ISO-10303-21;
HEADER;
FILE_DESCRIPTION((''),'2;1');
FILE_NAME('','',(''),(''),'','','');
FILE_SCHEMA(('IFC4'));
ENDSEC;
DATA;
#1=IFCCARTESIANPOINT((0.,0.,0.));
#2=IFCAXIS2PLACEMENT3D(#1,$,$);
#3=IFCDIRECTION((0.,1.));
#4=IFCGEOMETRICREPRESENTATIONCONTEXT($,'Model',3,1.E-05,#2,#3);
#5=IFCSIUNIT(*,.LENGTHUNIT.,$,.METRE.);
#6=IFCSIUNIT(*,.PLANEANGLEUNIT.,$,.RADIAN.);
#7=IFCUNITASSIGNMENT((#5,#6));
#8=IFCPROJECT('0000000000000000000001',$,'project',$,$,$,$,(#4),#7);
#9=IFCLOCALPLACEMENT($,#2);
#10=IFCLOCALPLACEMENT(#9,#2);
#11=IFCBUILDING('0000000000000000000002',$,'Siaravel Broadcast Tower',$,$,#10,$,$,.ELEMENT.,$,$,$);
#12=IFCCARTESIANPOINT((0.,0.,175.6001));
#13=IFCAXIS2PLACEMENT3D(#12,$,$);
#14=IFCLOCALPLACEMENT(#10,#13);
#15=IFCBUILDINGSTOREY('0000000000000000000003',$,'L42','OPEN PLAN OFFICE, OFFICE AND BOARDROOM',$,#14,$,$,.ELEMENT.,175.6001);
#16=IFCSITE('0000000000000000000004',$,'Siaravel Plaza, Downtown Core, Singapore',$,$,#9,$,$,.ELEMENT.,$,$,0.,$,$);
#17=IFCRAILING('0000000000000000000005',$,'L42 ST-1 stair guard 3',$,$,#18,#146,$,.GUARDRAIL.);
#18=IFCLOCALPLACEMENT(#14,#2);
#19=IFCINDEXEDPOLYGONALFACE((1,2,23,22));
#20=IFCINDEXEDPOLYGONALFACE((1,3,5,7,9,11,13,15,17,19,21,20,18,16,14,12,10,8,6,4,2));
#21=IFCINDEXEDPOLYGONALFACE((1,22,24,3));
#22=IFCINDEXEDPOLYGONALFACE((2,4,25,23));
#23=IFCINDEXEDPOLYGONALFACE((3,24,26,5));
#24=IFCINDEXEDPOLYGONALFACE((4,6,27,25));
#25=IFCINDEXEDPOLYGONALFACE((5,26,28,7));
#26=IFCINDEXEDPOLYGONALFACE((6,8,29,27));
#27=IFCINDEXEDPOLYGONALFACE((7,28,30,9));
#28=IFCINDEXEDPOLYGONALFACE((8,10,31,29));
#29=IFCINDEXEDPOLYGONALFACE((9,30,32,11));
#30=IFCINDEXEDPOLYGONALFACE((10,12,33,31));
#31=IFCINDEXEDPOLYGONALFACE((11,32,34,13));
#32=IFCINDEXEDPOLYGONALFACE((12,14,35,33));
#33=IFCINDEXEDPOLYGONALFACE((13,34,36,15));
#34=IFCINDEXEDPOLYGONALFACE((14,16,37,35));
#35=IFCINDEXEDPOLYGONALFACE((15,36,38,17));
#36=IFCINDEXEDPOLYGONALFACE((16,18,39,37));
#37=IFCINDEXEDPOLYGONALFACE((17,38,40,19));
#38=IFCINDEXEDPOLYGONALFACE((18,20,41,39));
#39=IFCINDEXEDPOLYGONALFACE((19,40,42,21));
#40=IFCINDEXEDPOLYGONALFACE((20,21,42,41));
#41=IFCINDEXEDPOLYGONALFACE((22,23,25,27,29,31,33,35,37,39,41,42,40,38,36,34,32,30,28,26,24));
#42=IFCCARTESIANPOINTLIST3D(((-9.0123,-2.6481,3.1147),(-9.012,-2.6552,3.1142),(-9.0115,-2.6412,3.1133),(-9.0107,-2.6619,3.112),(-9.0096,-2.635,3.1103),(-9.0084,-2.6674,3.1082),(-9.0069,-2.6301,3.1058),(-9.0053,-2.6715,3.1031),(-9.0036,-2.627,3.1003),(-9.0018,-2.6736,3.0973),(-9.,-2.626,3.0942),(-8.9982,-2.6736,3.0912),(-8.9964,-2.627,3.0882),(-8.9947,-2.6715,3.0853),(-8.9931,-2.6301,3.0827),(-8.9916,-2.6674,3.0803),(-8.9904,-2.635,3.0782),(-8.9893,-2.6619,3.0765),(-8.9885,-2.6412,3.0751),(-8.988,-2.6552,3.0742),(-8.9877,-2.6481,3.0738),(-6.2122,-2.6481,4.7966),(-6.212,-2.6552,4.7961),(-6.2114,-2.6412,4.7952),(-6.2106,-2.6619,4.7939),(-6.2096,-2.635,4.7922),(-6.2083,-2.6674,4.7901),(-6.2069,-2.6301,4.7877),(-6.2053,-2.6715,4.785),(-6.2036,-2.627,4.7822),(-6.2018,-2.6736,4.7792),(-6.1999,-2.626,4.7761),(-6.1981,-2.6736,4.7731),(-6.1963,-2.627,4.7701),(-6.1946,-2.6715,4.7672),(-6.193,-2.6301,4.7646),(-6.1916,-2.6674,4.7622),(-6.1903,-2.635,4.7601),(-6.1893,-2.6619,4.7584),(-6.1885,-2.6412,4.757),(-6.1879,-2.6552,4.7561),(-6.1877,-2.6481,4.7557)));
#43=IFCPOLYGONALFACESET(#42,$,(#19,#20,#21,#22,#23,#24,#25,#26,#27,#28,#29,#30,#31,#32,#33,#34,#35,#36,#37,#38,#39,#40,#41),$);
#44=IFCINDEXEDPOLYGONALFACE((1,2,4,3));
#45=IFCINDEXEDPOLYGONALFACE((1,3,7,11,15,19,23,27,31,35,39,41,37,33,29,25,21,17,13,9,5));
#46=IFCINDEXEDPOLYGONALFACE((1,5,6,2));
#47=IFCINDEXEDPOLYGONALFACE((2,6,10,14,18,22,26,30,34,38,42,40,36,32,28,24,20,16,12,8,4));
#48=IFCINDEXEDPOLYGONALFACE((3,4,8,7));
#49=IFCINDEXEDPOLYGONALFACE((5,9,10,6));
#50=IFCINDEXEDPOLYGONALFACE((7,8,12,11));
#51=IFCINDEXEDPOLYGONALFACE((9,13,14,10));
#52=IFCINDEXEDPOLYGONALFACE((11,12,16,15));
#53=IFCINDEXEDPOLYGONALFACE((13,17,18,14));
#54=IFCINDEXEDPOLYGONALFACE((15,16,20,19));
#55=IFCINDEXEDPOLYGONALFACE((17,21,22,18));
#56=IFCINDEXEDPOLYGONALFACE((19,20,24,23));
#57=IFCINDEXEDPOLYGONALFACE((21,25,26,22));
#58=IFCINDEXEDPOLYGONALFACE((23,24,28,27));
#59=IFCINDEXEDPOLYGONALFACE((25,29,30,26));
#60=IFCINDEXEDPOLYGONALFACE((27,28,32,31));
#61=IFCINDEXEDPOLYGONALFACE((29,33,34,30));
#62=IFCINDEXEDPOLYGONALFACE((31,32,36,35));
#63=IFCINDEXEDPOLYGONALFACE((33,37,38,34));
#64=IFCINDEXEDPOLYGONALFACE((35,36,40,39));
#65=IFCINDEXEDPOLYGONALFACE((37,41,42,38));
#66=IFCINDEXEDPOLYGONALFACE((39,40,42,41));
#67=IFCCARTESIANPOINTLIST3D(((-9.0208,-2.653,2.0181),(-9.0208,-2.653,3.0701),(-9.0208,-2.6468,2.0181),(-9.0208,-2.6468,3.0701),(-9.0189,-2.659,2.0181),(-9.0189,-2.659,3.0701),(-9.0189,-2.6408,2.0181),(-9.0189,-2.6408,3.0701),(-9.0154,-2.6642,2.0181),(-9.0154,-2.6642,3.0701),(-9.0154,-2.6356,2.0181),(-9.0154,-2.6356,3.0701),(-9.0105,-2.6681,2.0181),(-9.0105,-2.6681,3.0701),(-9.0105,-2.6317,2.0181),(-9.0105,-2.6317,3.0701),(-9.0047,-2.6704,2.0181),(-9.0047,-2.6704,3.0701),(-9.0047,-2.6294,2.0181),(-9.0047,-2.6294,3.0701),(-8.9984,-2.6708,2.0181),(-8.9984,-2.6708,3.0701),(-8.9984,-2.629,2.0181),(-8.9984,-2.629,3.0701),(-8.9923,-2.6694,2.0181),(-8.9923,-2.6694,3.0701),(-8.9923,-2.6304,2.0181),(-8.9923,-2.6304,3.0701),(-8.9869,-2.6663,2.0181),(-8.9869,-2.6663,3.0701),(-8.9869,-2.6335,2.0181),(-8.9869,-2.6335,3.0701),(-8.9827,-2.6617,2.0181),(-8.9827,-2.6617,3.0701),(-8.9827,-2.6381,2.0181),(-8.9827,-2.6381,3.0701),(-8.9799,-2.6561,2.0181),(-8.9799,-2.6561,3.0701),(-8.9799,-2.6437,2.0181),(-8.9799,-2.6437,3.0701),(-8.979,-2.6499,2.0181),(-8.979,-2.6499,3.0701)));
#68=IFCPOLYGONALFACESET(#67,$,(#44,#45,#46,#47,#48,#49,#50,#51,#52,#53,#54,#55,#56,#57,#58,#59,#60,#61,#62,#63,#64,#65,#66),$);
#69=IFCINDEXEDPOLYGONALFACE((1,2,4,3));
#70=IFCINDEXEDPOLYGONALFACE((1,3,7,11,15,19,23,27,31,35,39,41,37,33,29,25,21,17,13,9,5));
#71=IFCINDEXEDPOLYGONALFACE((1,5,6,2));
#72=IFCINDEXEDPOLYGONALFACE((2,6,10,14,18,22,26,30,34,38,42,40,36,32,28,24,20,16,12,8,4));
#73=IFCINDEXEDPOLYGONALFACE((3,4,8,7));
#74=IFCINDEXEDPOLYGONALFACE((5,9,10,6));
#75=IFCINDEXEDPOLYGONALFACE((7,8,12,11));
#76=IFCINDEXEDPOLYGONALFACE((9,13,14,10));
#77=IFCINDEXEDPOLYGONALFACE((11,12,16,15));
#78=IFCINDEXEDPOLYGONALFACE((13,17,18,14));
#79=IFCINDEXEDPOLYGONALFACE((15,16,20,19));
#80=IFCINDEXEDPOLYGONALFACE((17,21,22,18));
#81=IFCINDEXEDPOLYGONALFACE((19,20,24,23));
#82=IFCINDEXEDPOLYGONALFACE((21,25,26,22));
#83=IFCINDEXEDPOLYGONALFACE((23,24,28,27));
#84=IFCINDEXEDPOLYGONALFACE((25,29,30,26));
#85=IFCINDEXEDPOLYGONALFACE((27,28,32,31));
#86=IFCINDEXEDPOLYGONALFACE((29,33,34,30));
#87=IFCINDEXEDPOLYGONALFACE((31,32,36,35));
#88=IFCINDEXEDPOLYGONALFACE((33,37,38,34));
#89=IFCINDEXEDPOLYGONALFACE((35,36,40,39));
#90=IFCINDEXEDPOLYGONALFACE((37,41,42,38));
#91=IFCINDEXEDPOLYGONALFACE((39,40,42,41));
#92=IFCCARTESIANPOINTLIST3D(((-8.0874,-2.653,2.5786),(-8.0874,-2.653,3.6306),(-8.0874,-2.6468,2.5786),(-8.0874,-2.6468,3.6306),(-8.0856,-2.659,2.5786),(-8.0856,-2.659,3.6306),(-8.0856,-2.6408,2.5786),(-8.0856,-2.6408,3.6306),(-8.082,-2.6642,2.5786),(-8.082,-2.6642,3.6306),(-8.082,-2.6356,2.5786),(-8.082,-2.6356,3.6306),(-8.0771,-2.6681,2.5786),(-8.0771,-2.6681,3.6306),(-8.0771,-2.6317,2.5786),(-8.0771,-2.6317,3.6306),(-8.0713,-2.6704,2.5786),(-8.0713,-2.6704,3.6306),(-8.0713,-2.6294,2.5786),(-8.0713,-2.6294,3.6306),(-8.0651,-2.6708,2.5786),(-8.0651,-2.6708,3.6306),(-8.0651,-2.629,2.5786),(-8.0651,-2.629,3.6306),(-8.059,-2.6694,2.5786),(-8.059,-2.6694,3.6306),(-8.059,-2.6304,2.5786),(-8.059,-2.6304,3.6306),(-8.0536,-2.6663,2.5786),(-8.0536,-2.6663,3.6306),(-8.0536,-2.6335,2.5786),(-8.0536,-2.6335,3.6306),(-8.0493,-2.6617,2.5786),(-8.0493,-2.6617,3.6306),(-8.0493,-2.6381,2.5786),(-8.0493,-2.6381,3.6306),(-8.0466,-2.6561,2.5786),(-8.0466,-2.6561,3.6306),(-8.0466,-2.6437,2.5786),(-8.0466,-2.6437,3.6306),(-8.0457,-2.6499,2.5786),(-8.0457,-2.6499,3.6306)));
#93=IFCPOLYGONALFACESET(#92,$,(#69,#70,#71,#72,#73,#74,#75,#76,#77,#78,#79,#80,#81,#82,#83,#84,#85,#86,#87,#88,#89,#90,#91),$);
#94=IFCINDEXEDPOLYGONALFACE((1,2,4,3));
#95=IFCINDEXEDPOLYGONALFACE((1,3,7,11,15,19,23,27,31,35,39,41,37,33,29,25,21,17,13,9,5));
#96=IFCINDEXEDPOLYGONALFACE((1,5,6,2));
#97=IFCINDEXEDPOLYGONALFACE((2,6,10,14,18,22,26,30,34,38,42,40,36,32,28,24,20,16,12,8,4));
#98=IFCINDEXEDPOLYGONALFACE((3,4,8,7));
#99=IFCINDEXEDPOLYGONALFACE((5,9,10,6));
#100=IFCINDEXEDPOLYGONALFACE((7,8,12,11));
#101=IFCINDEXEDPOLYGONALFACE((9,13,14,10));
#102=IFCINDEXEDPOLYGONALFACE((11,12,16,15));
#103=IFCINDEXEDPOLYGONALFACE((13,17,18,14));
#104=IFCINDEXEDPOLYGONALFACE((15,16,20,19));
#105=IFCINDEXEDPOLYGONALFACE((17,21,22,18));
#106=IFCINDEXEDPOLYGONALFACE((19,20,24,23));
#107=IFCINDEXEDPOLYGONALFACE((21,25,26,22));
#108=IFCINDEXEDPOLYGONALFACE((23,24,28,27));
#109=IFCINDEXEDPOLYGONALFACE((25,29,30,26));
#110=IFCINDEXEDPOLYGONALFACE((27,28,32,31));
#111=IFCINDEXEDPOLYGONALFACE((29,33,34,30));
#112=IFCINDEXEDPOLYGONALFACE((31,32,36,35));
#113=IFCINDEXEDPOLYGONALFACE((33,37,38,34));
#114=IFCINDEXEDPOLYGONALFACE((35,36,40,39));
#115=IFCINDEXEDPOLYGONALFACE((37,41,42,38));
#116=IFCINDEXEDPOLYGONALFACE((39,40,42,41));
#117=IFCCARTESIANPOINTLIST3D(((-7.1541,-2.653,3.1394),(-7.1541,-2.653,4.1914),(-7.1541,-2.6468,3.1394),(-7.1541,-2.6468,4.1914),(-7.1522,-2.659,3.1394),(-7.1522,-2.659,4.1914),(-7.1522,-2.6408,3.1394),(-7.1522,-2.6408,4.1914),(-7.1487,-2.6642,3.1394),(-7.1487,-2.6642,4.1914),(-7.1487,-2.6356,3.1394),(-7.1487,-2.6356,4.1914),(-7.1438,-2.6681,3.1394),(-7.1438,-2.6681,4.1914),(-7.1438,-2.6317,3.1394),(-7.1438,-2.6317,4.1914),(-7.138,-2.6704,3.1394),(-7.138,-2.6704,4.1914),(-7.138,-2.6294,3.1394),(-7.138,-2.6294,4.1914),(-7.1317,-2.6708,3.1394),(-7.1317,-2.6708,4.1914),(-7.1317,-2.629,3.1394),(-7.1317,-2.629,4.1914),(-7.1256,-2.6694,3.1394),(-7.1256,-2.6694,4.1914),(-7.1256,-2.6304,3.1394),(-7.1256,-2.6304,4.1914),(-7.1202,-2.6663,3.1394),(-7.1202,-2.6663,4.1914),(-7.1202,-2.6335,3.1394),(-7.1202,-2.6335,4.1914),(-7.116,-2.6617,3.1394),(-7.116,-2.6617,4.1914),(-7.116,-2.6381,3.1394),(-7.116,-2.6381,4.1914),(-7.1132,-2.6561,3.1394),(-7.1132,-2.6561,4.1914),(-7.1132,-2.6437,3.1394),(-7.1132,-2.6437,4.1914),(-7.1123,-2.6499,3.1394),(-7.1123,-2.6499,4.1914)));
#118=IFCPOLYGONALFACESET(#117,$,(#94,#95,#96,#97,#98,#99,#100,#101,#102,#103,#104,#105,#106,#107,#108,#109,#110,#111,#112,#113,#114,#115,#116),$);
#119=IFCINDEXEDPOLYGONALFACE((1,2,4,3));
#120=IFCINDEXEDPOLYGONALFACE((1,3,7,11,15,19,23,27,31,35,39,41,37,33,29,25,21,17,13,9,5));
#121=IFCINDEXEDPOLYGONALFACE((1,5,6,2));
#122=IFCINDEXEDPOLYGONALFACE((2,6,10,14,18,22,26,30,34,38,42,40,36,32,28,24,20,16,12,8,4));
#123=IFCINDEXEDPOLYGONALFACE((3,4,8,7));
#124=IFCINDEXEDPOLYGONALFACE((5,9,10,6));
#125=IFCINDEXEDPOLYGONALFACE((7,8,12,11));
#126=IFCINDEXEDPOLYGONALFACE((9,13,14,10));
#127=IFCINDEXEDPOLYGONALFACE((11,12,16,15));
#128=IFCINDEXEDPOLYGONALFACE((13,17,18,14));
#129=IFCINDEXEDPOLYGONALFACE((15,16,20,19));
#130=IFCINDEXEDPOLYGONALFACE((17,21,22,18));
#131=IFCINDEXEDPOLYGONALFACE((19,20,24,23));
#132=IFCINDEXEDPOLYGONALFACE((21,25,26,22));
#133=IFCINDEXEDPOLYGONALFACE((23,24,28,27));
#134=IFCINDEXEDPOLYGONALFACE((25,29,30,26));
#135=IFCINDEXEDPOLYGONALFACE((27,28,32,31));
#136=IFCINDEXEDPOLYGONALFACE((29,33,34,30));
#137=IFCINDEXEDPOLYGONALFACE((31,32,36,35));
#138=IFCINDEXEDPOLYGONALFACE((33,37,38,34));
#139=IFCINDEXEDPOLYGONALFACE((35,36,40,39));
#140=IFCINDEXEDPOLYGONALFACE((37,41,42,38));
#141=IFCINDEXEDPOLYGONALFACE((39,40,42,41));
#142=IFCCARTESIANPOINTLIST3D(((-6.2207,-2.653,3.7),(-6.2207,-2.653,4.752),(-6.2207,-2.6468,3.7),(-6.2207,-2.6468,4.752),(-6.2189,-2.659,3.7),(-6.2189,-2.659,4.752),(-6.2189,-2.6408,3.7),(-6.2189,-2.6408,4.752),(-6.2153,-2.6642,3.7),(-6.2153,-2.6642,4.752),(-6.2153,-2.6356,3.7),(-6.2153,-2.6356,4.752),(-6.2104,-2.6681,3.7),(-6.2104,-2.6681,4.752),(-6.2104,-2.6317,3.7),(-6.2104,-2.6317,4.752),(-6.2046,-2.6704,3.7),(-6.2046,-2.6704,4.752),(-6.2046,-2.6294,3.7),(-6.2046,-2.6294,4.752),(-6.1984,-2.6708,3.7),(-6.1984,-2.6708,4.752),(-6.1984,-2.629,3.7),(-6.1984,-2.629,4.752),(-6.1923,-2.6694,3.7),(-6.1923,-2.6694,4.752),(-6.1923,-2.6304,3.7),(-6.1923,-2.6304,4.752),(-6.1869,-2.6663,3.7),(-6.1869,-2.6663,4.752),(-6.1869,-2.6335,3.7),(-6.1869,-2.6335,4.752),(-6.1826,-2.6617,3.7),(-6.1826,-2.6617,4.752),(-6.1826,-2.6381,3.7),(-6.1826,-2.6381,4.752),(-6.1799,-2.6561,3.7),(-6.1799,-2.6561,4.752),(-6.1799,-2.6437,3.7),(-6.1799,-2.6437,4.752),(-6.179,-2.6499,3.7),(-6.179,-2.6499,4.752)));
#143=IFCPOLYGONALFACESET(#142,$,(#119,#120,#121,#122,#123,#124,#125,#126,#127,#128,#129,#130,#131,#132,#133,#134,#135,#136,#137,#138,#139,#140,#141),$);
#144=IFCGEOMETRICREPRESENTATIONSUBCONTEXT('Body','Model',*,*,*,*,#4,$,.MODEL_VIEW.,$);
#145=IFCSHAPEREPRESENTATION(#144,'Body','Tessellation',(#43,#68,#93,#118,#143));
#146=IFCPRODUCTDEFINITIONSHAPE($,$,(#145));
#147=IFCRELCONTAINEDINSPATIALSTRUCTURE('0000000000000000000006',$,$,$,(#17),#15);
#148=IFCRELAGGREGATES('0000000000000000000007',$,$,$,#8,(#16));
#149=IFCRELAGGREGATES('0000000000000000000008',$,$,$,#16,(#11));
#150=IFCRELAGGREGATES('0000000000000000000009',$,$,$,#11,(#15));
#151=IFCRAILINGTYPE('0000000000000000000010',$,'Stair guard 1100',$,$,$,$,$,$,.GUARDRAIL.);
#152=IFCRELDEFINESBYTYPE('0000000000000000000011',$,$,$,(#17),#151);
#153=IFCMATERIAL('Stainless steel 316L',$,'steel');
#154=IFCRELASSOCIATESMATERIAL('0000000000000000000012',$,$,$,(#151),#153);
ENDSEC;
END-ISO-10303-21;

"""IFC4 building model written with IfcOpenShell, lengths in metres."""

from ifc_helpers import new_model, si_unit, direction, frame, origin, origin_2d, place, context, subcontext, project, spatial, circle, extrude, material, type_object, element, save


model = new_model("IFC4")

# Units and contexts
model_context = context("Model", 3, precision=1e-05, world=origin(), true_north=direction((0.0, 1.0)))
body_context = subcontext(model_context, "Body", "Model", "MODEL_VIEW")
ifc_project = project(units=[si_unit("LENGTHUNIT", "METRE"), si_unit("PLANEANGLEUNIT", "RADIAN")], contexts=[model_context])

# Site, building, storey
site_placement = place(None, origin())
site = spatial("IfcSite", under=ifc_project, at=site_placement, Name="Siaravel Plaza, Downtown Core, Singapore", CompositionType="ELEMENT", RefElevation=0.0)
building_placement = place(site_placement, origin())
building = spatial("IfcBuilding", under=site, at=building_placement, Name="Siaravel Broadcast Tower", CompositionType="ELEMENT")
storey_placement = place(building_placement, frame((0.0, 0.0, 175.6001)))
storey = spatial("IfcBuildingStorey", under=building, at=storey_placement, Name="L42", Description="OPEN PLAN OFFICE, OFFICE AND BOARDROOM", CompositionType="ELEMENT", Elevation=175.6001)

# Shared definitions
ifc_material_1 = material(Name="Stainless steel 316L", Category="steel")

# Railing
railing_type_1 = type_object("IfcRailingType", Name="Stair guard 1100", PredefinedType="GUARDRAIL", material=ifc_material_1)
railing_1_placement = place(storey_placement, frame((-9.0, -2.6499, 2.0181)))
element("IfcRailing", 1, at=railing_1_placement, inside=storey, type_object=railing_type_1, Name="L42 ST-1 stair guard 3", PredefinedType="GUARDRAIL", context=body_context, shape_type="SweptSolid", body=[
    extrude(circle(Radius=0.0239, at=origin_2d()), frame((0.0, 0.0, 1.0762), z_axis=(0.857242, 0.0, 0.514913), x_axis=(0.0, 1.0, 0.0)), (0.0, 0.0, 1.0), 3.2664),
    extrude(circle(Radius=0.021, at=origin_2d()), origin(), (0.0, 0.0, 1.0), 1.052),
    extrude(circle(Radius=0.021, at=origin_2d()), frame((0.9333, 0.0, 0.5605)), (0.0, 0.0, 1.0), 1.052),
    extrude(circle(Radius=0.021, at=origin_2d()), frame((1.8667, 0.0, 1.1213)), (0.0, 0.0, 1.0), 1.052),
    extrude(circle(Radius=0.021, at=origin_2d()), frame((2.8, 0.0, 1.6819)), (0.0, 0.0, 1.0), 1.052),
])

save(model, "model.ifc")
